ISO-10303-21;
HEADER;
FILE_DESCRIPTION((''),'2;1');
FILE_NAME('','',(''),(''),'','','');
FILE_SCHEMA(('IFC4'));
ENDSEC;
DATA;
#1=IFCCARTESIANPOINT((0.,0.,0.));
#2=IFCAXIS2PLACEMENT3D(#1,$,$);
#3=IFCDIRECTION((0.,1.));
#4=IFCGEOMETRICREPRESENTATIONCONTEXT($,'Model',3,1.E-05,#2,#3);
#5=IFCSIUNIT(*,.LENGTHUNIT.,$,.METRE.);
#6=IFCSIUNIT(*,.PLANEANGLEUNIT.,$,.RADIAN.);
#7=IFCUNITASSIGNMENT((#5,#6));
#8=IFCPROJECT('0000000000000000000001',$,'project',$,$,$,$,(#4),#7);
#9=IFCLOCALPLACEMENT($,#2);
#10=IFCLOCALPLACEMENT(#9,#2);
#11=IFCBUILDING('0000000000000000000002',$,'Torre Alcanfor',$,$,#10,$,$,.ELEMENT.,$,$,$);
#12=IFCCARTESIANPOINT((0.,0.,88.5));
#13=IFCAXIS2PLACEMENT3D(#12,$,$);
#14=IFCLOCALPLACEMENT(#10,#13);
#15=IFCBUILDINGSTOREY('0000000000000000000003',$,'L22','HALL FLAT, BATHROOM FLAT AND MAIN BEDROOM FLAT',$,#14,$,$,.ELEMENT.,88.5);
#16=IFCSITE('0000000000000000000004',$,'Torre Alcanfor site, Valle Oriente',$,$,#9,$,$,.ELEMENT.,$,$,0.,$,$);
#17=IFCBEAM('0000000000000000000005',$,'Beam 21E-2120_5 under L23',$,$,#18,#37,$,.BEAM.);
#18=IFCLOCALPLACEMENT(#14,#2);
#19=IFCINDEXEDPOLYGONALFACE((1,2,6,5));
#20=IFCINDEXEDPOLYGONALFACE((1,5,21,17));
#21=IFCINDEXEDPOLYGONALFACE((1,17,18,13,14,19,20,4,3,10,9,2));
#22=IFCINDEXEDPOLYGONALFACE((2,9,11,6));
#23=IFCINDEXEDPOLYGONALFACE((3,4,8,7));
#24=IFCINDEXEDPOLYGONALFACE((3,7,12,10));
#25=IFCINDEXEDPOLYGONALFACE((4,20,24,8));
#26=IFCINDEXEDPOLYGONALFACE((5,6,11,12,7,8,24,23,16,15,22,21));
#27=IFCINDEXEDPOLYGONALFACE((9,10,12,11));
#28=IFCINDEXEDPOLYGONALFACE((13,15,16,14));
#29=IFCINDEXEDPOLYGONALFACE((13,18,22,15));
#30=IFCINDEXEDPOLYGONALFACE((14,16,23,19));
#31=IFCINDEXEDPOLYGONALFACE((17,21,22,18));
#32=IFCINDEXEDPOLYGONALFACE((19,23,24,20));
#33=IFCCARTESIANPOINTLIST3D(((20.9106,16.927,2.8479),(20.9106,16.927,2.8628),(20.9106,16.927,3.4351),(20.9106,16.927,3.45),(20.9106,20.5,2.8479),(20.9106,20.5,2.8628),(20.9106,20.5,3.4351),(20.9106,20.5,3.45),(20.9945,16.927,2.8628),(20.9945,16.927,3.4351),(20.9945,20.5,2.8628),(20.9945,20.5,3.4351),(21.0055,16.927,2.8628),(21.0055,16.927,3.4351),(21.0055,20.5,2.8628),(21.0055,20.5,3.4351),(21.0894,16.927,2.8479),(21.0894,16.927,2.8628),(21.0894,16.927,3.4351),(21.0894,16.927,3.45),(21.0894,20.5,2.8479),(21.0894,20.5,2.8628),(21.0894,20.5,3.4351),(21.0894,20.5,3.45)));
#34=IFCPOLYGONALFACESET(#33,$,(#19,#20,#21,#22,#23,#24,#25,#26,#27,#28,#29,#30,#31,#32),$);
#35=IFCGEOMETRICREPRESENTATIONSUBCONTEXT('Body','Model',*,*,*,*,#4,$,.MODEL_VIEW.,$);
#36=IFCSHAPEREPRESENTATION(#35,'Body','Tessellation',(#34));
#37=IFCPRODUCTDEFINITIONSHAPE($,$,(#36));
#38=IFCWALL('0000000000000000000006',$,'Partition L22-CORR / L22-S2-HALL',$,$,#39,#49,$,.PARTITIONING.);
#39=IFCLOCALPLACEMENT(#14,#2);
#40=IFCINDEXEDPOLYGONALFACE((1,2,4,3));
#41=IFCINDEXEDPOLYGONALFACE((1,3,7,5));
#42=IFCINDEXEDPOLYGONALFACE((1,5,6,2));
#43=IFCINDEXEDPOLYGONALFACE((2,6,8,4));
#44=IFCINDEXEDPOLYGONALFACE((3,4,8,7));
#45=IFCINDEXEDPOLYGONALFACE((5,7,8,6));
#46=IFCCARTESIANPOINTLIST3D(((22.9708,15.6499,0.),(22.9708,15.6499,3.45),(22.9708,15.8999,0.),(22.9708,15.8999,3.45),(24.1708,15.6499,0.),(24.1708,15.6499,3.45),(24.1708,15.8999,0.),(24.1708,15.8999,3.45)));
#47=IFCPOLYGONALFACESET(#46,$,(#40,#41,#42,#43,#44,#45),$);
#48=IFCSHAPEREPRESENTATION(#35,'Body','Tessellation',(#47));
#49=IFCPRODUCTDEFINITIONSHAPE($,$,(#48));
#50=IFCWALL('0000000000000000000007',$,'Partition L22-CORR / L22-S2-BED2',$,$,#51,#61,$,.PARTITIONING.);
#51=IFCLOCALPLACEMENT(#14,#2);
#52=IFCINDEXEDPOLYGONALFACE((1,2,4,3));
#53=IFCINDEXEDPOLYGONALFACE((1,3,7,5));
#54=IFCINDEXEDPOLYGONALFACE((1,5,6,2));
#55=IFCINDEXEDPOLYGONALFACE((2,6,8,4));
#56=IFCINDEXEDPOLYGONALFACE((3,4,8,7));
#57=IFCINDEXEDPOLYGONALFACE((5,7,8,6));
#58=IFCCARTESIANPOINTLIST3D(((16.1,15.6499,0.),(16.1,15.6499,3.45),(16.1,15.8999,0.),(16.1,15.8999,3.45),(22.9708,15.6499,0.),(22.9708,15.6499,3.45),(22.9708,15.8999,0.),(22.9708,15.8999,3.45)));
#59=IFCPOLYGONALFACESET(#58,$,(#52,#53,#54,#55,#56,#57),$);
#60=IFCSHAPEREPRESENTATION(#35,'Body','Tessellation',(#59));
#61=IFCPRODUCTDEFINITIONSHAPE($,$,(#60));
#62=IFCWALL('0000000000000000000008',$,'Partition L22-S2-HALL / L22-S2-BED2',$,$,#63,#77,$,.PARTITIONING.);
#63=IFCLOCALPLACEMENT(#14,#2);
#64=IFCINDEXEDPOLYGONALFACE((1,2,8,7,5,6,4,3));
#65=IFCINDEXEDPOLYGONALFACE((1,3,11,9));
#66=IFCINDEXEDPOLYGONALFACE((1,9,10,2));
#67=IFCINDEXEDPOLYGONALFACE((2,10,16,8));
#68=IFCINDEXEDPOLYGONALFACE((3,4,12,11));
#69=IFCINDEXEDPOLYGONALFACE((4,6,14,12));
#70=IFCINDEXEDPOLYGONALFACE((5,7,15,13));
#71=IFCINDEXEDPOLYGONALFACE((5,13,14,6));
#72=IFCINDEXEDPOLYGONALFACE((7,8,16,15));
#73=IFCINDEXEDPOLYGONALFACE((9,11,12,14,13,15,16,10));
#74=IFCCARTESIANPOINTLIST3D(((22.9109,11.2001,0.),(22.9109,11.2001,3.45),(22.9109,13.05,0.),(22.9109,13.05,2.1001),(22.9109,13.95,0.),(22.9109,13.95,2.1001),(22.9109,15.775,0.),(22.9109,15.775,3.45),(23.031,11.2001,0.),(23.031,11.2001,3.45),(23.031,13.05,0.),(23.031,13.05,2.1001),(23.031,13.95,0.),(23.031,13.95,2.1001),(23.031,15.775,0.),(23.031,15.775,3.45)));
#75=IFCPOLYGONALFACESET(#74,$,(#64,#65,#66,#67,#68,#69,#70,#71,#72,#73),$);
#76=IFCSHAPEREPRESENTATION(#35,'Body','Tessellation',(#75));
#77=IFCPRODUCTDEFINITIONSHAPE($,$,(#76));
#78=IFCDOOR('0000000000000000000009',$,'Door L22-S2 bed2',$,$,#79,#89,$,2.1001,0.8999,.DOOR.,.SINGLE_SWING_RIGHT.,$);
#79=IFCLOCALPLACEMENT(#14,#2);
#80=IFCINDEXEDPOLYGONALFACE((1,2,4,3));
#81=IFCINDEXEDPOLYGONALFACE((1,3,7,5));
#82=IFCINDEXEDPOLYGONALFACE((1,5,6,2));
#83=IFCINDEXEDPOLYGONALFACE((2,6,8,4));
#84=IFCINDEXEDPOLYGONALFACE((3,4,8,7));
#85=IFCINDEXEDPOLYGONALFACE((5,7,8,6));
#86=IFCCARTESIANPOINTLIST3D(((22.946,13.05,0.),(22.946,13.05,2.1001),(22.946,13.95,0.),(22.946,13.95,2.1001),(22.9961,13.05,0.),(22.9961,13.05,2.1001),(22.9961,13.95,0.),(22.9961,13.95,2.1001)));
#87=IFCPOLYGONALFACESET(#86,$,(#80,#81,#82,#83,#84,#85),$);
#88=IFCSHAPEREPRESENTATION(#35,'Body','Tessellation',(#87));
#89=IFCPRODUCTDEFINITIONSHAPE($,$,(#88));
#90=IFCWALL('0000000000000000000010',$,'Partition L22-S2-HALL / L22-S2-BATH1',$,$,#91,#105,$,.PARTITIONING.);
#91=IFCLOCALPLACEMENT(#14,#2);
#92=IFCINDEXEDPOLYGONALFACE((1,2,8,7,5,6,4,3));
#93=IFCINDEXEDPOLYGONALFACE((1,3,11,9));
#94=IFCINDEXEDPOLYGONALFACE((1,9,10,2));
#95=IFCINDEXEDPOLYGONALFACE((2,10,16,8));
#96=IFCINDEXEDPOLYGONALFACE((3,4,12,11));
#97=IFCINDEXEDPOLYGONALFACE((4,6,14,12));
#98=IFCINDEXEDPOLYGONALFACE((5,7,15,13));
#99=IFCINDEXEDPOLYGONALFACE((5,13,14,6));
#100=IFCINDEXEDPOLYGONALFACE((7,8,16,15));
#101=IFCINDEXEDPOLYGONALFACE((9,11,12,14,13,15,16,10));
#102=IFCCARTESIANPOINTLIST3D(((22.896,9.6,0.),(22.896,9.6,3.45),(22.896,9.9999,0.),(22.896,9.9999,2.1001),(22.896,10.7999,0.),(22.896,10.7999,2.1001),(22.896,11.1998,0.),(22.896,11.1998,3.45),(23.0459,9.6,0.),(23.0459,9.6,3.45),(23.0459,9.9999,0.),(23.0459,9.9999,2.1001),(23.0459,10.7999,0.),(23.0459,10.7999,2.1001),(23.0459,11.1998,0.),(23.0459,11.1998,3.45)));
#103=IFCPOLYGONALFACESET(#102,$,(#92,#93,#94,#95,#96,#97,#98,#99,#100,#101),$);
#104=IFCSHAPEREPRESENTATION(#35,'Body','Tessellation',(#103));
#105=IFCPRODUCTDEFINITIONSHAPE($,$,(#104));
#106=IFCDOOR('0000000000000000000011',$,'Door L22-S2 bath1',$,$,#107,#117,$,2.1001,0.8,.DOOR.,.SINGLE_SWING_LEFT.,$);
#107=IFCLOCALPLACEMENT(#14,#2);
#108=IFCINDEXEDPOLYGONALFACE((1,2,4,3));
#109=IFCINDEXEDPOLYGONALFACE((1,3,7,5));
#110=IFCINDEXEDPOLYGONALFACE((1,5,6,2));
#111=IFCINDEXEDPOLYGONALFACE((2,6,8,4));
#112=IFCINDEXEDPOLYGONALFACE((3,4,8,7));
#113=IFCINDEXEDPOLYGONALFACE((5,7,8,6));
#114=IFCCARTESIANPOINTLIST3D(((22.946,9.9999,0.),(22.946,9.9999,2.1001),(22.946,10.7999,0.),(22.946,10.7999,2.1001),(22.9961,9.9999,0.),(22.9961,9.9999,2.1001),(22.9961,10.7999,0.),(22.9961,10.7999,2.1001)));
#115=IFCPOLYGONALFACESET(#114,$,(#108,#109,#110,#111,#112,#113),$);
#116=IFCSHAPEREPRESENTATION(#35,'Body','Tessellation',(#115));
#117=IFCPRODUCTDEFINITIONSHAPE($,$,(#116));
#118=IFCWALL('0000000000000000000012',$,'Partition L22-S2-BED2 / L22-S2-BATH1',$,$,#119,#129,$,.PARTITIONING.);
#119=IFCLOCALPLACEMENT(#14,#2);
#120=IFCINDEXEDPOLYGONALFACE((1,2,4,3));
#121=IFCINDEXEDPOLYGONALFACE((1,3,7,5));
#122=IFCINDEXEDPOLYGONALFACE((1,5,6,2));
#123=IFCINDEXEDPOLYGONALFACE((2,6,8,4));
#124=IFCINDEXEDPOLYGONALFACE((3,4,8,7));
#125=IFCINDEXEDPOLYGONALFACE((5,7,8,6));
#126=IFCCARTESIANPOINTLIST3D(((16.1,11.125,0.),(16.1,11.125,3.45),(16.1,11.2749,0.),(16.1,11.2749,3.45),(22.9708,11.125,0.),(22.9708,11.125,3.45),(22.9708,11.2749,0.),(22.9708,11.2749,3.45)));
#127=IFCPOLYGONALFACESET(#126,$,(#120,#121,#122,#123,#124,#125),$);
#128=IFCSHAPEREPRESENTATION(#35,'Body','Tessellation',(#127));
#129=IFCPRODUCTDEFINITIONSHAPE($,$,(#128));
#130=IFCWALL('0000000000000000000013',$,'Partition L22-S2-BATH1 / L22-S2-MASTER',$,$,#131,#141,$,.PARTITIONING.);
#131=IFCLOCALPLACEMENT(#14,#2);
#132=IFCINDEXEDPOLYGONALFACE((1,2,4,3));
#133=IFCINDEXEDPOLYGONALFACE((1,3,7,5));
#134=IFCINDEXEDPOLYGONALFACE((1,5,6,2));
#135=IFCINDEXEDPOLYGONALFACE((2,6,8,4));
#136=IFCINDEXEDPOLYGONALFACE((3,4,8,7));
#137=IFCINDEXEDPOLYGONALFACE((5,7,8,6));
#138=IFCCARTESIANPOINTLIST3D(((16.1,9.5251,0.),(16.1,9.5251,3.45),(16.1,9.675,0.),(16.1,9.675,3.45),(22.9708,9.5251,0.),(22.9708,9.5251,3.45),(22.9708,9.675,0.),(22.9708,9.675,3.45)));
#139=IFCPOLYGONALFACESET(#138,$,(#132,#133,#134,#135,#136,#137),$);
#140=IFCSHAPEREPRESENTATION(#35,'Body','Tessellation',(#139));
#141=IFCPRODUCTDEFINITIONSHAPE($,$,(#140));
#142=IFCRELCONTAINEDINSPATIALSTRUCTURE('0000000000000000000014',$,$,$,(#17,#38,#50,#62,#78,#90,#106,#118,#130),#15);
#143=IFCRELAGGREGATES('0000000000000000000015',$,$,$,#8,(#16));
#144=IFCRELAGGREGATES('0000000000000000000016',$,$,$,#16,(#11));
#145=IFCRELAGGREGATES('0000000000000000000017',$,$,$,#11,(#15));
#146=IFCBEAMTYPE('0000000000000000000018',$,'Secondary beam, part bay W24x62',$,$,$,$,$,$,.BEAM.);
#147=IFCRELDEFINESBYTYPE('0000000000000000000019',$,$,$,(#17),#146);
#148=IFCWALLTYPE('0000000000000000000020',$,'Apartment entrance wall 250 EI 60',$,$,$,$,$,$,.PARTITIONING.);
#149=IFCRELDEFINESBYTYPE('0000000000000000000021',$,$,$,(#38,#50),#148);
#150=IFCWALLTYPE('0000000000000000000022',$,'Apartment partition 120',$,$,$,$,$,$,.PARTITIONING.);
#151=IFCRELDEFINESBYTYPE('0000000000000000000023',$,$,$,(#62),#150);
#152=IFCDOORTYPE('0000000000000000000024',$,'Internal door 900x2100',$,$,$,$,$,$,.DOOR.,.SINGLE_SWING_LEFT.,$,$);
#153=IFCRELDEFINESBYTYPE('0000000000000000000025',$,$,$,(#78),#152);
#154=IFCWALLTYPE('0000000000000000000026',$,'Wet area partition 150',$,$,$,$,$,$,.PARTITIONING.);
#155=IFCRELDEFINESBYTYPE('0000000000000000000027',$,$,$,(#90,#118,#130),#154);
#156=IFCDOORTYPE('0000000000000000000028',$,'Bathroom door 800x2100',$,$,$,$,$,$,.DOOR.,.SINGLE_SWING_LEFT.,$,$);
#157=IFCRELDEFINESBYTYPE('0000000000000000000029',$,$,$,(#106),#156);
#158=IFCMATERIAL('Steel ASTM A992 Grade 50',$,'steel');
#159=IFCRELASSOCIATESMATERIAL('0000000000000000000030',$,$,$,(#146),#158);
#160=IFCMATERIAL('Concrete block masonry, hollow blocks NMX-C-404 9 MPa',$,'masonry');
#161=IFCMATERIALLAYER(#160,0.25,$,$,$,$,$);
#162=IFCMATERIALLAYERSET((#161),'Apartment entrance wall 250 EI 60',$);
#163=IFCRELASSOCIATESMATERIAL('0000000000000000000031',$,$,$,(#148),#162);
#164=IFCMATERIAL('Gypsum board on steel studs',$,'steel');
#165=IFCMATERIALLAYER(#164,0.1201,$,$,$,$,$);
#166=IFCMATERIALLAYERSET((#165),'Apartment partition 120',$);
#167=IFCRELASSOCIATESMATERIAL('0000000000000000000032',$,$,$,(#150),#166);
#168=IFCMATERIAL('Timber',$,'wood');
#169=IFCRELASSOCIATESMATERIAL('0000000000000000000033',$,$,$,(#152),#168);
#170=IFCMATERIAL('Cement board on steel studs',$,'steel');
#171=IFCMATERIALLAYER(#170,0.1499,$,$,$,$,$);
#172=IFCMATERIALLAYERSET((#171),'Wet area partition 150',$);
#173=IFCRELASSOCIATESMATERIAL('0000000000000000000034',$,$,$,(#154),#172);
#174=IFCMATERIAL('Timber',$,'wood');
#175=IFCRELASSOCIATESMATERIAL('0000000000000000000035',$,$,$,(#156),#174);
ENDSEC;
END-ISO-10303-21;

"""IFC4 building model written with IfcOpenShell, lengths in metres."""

from ifc_helpers import new_model, si_unit, direction, frame, frame_2d, origin, origin_2d, place, context, subcontext, project, spatial, rectangle, i_section, extrude, material, layer, layer_set, material_profile, profile_set, type_object, element, fill, save


model = new_model("IFC4")

# Units and contexts
model_context = context("Model", 3, precision=1e-05, world=origin(), true_north=direction((0.0, 1.0)))
body_context = subcontext(model_context, "Body", "Model", "MODEL_VIEW")
ifc_project = project(units=[si_unit("LENGTHUNIT", "METRE"), si_unit("PLANEANGLEUNIT", "RADIAN")], contexts=[model_context])

# Site, building, storey
site_placement = place(None, origin())
site = spatial("IfcSite", under=ifc_project, at=site_placement, Name="Torre Alcanfor site, Valle Oriente", CompositionType="ELEMENT", RefElevation=0.0)
building_placement = place(site_placement, origin())
building = spatial("IfcBuilding", under=site, at=building_placement, Name="Torre Alcanfor", CompositionType="ELEMENT")
storey_placement = place(building_placement, frame((0.0, 0.0, 88.5)))
storey = spatial("IfcBuildingStorey", under=building, at=storey_placement, Name="L22", Description="HALL FLAT, BATHROOM FLAT AND MAIN BEDROOM FLAT", CompositionType="ELEMENT", Elevation=88.5)

# Beam
ifc_material_1 = material(Name="Steel ASTM A992 Grade 50", Category="steel")
ifc_material_profile_1 = material_profile(ifc_material_1, i_section(OverallWidth=0.1787, OverallDepth=0.6021, WebThickness=0.011, FlangeThickness=0.0149, at=origin_2d()), Name="W24x62")
ifc_profile_set_1 = profile_set([ifc_material_profile_1], Name="Steel ASTM A992 Grade 50")
beam_type_1 = type_object("IfcBeamType", Name="Secondary beam, part bay W24x62", PredefinedType="BEAM", material=ifc_profile_set_1)
beam_1_placement = place(storey_placement, frame((21.0, 16.927, 3.1489), z_axis=(0.0, 1.0, 0.0), x_axis=(-1.0, 0.0, 0.0)))
element("IfcBeam", 1, at=beam_1_placement, inside=storey, type_object=beam_type_1, Name="Beam 21E-2120_5 under L23", PredefinedType="BEAM", context=body_context, shape_type="SweptSolid", body=[
    extrude(i_section(OverallWidth=0.1787, OverallDepth=0.6021, WebThickness=0.011, FlangeThickness=0.0149, at=origin_2d()), origin(), (0.0, 0.0, 1.0), 3.573),
])

# Walls
ifc_material_2 = material(Name="Concrete block masonry, hollow blocks NMX-C-404 9 MPa", Category="masonry")
ifc_layer_1 = layer(ifc_material_2, 0.25)
ifc_layer_set_1 = layer_set([ifc_layer_1], Name="Apartment entrance wall 250 EI 60")
wall_type_1 = type_object("IfcWallType", Name="Apartment entrance wall 250 EI 60", PredefinedType="PARTITIONING", material=ifc_layer_set_1)
wall_1_placement = place(storey_placement, frame((24.1709, 15.7749, 0.0), z_axis=(0.0, 0.0, 1.0), x_axis=(-1.0, 0.0, 0.0)))
element("IfcWall", 2, at=wall_1_placement, inside=storey, type_object=wall_type_1, Name="Partition L22-CORR / L22-S2-HALL", PredefinedType="PARTITIONING", context=body_context, shape_type="SweptSolid", body=[
    extrude(rectangle(XDim=1.2, YDim=0.25, at=frame_2d((0.6001, 0.0))), origin(), (0.0, 0.0, 1.0), 3.45),
])
wall_2_placement = place(storey_placement, frame((22.9709, 15.7749, 0.0), z_axis=(0.0, 0.0, 1.0), x_axis=(-1.0, 0.0, 0.0)))
element("IfcWall", 3, at=wall_2_placement, inside=storey, type_object=wall_type_1, Name="Partition L22-CORR / L22-S2-BED2", PredefinedType="PARTITIONING", context=body_context, shape_type="SweptSolid", body=[
    extrude(rectangle(XDim=6.8708, YDim=0.25, at=frame_2d((3.4355, 0.0))), origin(), (0.0, 0.0, 1.0), 3.45),
])

# Walls, openings, doors
ifc_material_3 = material(Name="Gypsum board on steel studs", Category="steel")
ifc_layer_2 = layer(ifc_material_3, 0.1201)
ifc_layer_set_2 = layer_set([ifc_layer_2], Name="Apartment partition 120")
wall_type_2 = type_object("IfcWallType", Name="Apartment partition 120", PredefinedType="PARTITIONING", material=ifc_layer_set_2)
wall_3_placement = place(storey_placement, frame((22.9709, 11.2, 0.0), z_axis=(0.0, 0.0, 1.0), x_axis=(0.0, 1.0, 0.0)))
wall_3 = element("IfcWall", 4, at=wall_3_placement, inside=storey, type_object=wall_type_2, Name="Partition L22-S2-HALL / L22-S2-BED2", PredefinedType="PARTITIONING", context=body_context, shape_type="SweptSolid", body=[
    extrude(rectangle(XDim=4.575, YDim=0.1201, at=frame_2d((2.2876, 0.0))), origin(), (0.0, 0.0, 1.0), 3.45),
])
opening_1_placement = place(wall_3_placement, frame((1.8501, 0.0, 0.0)))
opening_1 = element("IfcOpeningElement", 5, at=opening_1_placement, cuts=wall_3, PredefinedType="OPENING", context=body_context, shape_type="SweptSolid", body=[
    extrude(rectangle(XDim=0.8999, YDim=2.1001, at=frame_2d((0.45, 1.05))), frame((0.0, 0.0701, 0.0), z_axis=(0.0, -1.0, 0.0), x_axis=(1.0, 0.0, 0.0)), (0.0, 0.0, 1.0), 0.1401),
])
ifc_material_4 = material(Name="Timber", Category="wood")
door_type_1 = type_object("IfcDoorType", Name="Internal door 900x2100", OperationType="SINGLE_SWING_LEFT", PredefinedType="DOOR", material=ifc_material_4)
door_1_placement = place(opening_1_placement, origin())
door_1 = element("IfcDoor", 6, at=door_1_placement, inside=storey, type_object=door_type_1, Name="Door L22-S2 bed2", OperationType="SINGLE_SWING_RIGHT", OverallHeight=2.1001, OverallWidth=0.8999, PredefinedType="DOOR", context=body_context, shape_type="SweptSolid", body=[
    extrude(rectangle(XDim=0.8999, YDim=2.1001, at=frame_2d((0.45, 1.05))), frame((0.0, 0.0249, 0.0), z_axis=(0.0, -1.0, 0.0), x_axis=(1.0, 0.0, 0.0)), (0.0, 0.0, 1.0), 0.05),
])
fill(opening_1, door_1)
ifc_material_5 = material(Name="Cement board on steel studs", Category="steel")
ifc_layer_3 = layer(ifc_material_5, 0.1499)
ifc_layer_set_3 = layer_set([ifc_layer_3], Name="Wet area partition 150")
wall_type_3 = type_object("IfcWallType", Name="Wet area partition 150", PredefinedType="PARTITIONING", material=ifc_layer_set_3)
wall_4_placement = place(storey_placement, frame((22.9709, 9.6001, 0.0), z_axis=(0.0, 0.0, 1.0), x_axis=(0.0, 1.0, 0.0)))
wall_4 = element("IfcWall", 7, at=wall_4_placement, inside=storey, type_object=wall_type_3, Name="Partition L22-S2-HALL / L22-S2-BATH1", PredefinedType="PARTITIONING", context=body_context, shape_type="SweptSolid", body=[
    extrude(rectangle(XDim=1.5999, YDim=0.1499, at=frame_2d((0.7998, 0.0))), origin(), (0.0, 0.0, 1.0), 3.45),
])
opening_2_placement = place(wall_4_placement, frame((0.3999, 0.0, 0.0)))
opening_2 = element("IfcOpeningElement", 8, at=opening_2_placement, cuts=wall_4, PredefinedType="OPENING", context=body_context, shape_type="SweptSolid", body=[
    extrude(rectangle(XDim=0.8, YDim=2.1001, at=frame_2d((0.3999, 1.05))), frame((0.0, 0.085, 0.0), z_axis=(0.0, -1.0, 0.0), x_axis=(1.0, 0.0, 0.0)), (0.0, 0.0, 1.0), 0.1699),
])
ifc_material_6 = material(Name="Timber", Category="wood")
door_type_2 = type_object("IfcDoorType", Name="Bathroom door 800x2100", OperationType="SINGLE_SWING_LEFT", PredefinedType="DOOR", material=ifc_material_6)
door_2_placement = place(opening_2_placement, origin())
door_2 = element("IfcDoor", 9, at=door_2_placement, inside=storey, type_object=door_type_2, Name="Door L22-S2 bath1", OperationType="SINGLE_SWING_LEFT", OverallHeight=2.1001, OverallWidth=0.8, PredefinedType="DOOR", context=body_context, shape_type="SweptSolid", body=[
    extrude(rectangle(XDim=0.8, YDim=2.1001, at=frame_2d((0.3999, 1.05))), frame((0.0, 0.0249, 0.0), z_axis=(0.0, -1.0, 0.0), x_axis=(1.0, 0.0, 0.0)), (0.0, 0.0, 1.0), 0.05),
])
fill(opening_2, door_2)

# Walls
for number, where, z_axis, x_axis, name in (
    (10, (22.9709, 11.2, 0.0), (0.0, 0.0, 1.0), (-1.0, 0.0, 0.0), "Partition L22-S2-BED2 / L22-S2-BATH1"),
    (11, (22.9709, 9.6001, 0.0), (0.0, 0.0, 1.0), (-1.0, 0.0, 0.0), "Partition L22-S2-BATH1 / L22-S2-MASTER"),
):
    element("IfcWall", number, at=place(storey_placement, frame(where, z_axis=z_axis, x_axis=x_axis)), inside=storey, type_object=wall_type_3, Name=name, PredefinedType="PARTITIONING", context=body_context, shape_type="SweptSolid", body=[
        extrude(rectangle(XDim=6.8708, YDim=0.1499, at=frame_2d((3.4355, 0.0))), origin(), (0.0, 0.0, 1.0), 3.45),
    ])

save(model, "model.ifc")
